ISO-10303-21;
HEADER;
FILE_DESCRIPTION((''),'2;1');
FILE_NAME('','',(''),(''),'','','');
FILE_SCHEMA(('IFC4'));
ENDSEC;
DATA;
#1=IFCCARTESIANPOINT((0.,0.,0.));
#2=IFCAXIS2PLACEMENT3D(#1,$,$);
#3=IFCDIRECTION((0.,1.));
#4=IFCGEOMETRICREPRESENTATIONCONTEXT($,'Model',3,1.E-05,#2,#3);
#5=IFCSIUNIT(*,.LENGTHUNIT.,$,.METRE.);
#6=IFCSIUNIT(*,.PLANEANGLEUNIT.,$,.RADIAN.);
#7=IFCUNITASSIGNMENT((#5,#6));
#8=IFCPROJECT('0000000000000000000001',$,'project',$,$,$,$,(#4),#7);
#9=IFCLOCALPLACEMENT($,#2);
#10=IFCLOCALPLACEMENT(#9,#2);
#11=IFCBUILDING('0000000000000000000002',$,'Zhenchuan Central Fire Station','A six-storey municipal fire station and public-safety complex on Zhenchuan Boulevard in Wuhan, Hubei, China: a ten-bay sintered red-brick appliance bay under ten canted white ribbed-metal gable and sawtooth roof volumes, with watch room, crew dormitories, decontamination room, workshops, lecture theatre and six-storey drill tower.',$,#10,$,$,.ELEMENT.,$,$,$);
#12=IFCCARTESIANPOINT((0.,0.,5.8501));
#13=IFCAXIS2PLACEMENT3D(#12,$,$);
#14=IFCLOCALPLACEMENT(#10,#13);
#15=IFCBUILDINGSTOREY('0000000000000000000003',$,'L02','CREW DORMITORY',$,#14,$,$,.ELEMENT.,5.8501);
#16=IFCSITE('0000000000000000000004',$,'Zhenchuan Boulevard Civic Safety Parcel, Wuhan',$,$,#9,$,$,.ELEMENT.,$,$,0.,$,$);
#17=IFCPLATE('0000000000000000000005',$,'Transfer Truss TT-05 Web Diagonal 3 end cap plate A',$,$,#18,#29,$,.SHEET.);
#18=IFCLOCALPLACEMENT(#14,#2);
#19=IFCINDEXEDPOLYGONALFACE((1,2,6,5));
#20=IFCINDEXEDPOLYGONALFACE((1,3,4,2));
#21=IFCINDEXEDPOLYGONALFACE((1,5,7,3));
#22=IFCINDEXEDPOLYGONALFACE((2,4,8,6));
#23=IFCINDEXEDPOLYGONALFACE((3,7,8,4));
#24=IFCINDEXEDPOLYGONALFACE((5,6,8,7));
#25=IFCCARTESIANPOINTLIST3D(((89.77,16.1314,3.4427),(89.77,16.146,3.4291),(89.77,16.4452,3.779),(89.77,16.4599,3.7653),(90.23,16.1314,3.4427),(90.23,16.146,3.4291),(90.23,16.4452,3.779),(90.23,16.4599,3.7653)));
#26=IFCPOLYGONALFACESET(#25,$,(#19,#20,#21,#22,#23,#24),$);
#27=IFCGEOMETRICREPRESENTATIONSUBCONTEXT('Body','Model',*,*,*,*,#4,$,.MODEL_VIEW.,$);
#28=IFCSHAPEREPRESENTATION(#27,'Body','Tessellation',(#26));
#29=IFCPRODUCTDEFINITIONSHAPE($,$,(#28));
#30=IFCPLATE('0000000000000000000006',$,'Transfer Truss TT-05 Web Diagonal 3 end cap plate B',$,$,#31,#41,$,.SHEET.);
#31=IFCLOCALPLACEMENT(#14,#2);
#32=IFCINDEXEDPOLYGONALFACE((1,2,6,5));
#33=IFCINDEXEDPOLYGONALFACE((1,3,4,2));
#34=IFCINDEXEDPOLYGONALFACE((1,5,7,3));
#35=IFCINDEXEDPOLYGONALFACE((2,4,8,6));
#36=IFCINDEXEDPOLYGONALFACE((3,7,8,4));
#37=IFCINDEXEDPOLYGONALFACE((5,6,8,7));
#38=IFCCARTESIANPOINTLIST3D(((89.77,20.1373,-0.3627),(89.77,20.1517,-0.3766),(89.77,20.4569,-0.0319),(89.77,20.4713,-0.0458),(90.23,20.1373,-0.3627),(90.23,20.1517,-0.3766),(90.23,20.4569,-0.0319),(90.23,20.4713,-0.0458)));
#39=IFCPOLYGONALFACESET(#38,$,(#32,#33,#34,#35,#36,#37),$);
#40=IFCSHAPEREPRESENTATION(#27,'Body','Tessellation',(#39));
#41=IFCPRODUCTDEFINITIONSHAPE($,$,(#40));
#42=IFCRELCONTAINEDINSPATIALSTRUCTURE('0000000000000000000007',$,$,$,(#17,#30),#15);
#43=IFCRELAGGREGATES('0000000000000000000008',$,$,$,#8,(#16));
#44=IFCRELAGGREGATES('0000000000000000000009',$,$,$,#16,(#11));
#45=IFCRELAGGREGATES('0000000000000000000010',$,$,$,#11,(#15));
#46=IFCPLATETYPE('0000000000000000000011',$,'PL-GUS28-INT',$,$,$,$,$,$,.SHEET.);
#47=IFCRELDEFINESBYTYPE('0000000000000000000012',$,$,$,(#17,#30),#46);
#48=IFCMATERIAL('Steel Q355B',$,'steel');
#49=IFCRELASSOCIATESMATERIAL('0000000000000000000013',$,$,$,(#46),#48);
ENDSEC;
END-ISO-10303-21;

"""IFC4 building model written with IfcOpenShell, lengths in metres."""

from ifc_helpers import new_model, si_unit, direction, frame, origin, origin_2d, place, context, subcontext, project, spatial, rectangle, extrude, material, material_profile, profile_set, type_object, element, save


model = new_model("IFC4")

# Units and contexts
model_context = context("Model", 3, precision=1e-05, world=origin(), true_north=direction((0.0, 1.0)))
body_context = subcontext(model_context, "Body", "Model", "MODEL_VIEW")
ifc_project = project(units=[si_unit("LENGTHUNIT", "METRE"), si_unit("PLANEANGLEUNIT", "RADIAN")], contexts=[model_context])

# Site, building, storey
site_placement = place(None, origin())
site = spatial("IfcSite", under=ifc_project, at=site_placement, Name="Zhenchuan Boulevard Civic Safety Parcel, Wuhan", CompositionType="ELEMENT", RefElevation=0.0)
building_placement = place(site_placement, origin())
building = spatial("IfcBuilding", under=site, at=building_placement, Name="Zhenchuan Central Fire Station", Description="A six-storey municipal fire station and public-safety complex on Zhenchuan Boulevard in Wuhan, Hubei, China: a ten-bay sintered red-brick appliance bay under ten canted white ribbed-metal gable and sawtooth roof volumes, with watch room, crew dormitories, decontamination room, workshops, lecture theatre and six-storey drill tower.", CompositionType="ELEMENT")
storey_placement = place(building_placement, frame((0.0, 0.0, 5.8501)))
storey = spatial("IfcBuildingStorey", under=building, at=storey_placement, Name="L02", Description="CREW DORMITORY", CompositionType="ELEMENT", Elevation=5.8501)

# Shared definitions
ifc_material = material(Name="Steel Q355B", Category="steel")

# Plates
ifc_material_profile_1 = material_profile(ifc_material, rectangle(XDim=0.46, YDim=0.46, at=origin_2d()), Name="PL 460x460x28")
ifc_profile_set_1 = profile_set([ifc_material_profile_1], Name="Steel Q355B")
plate_type_1 = type_object("IfcPlateType", Name="PL-GUS28-INT", PredefinedType="SHEET", material=ifc_profile_set_1)
for number, where, z_axis, x_axis, name in (
    (1, (90.0, 16.2883, 3.6108), (0.0, 0.731055, -0.682318), (-1.0, 0.0, 0.0), "Transfer Truss TT-05 Web Diagonal 3 end cap plate A"),
    (2, (90.0, 20.2971, -0.1973), (0.0, 0.719191, -0.694812), (-1.0, 0.0, 0.0), "Transfer Truss TT-05 Web Diagonal 3 end cap plate B"),
):
    element("IfcPlate", number, at=place(storey_placement, frame(where, z_axis=z_axis, x_axis=x_axis)), inside=storey, type_object=plate_type_1, Name=name, PredefinedType="SHEET", context=body_context, shape_type="SweptSolid", body=[
        extrude(rectangle(XDim=0.46, YDim=0.46, at=origin_2d()), origin(), (0.0, 0.0, 1.0), 0.02),
    ])

save(model, "model.ifc")
